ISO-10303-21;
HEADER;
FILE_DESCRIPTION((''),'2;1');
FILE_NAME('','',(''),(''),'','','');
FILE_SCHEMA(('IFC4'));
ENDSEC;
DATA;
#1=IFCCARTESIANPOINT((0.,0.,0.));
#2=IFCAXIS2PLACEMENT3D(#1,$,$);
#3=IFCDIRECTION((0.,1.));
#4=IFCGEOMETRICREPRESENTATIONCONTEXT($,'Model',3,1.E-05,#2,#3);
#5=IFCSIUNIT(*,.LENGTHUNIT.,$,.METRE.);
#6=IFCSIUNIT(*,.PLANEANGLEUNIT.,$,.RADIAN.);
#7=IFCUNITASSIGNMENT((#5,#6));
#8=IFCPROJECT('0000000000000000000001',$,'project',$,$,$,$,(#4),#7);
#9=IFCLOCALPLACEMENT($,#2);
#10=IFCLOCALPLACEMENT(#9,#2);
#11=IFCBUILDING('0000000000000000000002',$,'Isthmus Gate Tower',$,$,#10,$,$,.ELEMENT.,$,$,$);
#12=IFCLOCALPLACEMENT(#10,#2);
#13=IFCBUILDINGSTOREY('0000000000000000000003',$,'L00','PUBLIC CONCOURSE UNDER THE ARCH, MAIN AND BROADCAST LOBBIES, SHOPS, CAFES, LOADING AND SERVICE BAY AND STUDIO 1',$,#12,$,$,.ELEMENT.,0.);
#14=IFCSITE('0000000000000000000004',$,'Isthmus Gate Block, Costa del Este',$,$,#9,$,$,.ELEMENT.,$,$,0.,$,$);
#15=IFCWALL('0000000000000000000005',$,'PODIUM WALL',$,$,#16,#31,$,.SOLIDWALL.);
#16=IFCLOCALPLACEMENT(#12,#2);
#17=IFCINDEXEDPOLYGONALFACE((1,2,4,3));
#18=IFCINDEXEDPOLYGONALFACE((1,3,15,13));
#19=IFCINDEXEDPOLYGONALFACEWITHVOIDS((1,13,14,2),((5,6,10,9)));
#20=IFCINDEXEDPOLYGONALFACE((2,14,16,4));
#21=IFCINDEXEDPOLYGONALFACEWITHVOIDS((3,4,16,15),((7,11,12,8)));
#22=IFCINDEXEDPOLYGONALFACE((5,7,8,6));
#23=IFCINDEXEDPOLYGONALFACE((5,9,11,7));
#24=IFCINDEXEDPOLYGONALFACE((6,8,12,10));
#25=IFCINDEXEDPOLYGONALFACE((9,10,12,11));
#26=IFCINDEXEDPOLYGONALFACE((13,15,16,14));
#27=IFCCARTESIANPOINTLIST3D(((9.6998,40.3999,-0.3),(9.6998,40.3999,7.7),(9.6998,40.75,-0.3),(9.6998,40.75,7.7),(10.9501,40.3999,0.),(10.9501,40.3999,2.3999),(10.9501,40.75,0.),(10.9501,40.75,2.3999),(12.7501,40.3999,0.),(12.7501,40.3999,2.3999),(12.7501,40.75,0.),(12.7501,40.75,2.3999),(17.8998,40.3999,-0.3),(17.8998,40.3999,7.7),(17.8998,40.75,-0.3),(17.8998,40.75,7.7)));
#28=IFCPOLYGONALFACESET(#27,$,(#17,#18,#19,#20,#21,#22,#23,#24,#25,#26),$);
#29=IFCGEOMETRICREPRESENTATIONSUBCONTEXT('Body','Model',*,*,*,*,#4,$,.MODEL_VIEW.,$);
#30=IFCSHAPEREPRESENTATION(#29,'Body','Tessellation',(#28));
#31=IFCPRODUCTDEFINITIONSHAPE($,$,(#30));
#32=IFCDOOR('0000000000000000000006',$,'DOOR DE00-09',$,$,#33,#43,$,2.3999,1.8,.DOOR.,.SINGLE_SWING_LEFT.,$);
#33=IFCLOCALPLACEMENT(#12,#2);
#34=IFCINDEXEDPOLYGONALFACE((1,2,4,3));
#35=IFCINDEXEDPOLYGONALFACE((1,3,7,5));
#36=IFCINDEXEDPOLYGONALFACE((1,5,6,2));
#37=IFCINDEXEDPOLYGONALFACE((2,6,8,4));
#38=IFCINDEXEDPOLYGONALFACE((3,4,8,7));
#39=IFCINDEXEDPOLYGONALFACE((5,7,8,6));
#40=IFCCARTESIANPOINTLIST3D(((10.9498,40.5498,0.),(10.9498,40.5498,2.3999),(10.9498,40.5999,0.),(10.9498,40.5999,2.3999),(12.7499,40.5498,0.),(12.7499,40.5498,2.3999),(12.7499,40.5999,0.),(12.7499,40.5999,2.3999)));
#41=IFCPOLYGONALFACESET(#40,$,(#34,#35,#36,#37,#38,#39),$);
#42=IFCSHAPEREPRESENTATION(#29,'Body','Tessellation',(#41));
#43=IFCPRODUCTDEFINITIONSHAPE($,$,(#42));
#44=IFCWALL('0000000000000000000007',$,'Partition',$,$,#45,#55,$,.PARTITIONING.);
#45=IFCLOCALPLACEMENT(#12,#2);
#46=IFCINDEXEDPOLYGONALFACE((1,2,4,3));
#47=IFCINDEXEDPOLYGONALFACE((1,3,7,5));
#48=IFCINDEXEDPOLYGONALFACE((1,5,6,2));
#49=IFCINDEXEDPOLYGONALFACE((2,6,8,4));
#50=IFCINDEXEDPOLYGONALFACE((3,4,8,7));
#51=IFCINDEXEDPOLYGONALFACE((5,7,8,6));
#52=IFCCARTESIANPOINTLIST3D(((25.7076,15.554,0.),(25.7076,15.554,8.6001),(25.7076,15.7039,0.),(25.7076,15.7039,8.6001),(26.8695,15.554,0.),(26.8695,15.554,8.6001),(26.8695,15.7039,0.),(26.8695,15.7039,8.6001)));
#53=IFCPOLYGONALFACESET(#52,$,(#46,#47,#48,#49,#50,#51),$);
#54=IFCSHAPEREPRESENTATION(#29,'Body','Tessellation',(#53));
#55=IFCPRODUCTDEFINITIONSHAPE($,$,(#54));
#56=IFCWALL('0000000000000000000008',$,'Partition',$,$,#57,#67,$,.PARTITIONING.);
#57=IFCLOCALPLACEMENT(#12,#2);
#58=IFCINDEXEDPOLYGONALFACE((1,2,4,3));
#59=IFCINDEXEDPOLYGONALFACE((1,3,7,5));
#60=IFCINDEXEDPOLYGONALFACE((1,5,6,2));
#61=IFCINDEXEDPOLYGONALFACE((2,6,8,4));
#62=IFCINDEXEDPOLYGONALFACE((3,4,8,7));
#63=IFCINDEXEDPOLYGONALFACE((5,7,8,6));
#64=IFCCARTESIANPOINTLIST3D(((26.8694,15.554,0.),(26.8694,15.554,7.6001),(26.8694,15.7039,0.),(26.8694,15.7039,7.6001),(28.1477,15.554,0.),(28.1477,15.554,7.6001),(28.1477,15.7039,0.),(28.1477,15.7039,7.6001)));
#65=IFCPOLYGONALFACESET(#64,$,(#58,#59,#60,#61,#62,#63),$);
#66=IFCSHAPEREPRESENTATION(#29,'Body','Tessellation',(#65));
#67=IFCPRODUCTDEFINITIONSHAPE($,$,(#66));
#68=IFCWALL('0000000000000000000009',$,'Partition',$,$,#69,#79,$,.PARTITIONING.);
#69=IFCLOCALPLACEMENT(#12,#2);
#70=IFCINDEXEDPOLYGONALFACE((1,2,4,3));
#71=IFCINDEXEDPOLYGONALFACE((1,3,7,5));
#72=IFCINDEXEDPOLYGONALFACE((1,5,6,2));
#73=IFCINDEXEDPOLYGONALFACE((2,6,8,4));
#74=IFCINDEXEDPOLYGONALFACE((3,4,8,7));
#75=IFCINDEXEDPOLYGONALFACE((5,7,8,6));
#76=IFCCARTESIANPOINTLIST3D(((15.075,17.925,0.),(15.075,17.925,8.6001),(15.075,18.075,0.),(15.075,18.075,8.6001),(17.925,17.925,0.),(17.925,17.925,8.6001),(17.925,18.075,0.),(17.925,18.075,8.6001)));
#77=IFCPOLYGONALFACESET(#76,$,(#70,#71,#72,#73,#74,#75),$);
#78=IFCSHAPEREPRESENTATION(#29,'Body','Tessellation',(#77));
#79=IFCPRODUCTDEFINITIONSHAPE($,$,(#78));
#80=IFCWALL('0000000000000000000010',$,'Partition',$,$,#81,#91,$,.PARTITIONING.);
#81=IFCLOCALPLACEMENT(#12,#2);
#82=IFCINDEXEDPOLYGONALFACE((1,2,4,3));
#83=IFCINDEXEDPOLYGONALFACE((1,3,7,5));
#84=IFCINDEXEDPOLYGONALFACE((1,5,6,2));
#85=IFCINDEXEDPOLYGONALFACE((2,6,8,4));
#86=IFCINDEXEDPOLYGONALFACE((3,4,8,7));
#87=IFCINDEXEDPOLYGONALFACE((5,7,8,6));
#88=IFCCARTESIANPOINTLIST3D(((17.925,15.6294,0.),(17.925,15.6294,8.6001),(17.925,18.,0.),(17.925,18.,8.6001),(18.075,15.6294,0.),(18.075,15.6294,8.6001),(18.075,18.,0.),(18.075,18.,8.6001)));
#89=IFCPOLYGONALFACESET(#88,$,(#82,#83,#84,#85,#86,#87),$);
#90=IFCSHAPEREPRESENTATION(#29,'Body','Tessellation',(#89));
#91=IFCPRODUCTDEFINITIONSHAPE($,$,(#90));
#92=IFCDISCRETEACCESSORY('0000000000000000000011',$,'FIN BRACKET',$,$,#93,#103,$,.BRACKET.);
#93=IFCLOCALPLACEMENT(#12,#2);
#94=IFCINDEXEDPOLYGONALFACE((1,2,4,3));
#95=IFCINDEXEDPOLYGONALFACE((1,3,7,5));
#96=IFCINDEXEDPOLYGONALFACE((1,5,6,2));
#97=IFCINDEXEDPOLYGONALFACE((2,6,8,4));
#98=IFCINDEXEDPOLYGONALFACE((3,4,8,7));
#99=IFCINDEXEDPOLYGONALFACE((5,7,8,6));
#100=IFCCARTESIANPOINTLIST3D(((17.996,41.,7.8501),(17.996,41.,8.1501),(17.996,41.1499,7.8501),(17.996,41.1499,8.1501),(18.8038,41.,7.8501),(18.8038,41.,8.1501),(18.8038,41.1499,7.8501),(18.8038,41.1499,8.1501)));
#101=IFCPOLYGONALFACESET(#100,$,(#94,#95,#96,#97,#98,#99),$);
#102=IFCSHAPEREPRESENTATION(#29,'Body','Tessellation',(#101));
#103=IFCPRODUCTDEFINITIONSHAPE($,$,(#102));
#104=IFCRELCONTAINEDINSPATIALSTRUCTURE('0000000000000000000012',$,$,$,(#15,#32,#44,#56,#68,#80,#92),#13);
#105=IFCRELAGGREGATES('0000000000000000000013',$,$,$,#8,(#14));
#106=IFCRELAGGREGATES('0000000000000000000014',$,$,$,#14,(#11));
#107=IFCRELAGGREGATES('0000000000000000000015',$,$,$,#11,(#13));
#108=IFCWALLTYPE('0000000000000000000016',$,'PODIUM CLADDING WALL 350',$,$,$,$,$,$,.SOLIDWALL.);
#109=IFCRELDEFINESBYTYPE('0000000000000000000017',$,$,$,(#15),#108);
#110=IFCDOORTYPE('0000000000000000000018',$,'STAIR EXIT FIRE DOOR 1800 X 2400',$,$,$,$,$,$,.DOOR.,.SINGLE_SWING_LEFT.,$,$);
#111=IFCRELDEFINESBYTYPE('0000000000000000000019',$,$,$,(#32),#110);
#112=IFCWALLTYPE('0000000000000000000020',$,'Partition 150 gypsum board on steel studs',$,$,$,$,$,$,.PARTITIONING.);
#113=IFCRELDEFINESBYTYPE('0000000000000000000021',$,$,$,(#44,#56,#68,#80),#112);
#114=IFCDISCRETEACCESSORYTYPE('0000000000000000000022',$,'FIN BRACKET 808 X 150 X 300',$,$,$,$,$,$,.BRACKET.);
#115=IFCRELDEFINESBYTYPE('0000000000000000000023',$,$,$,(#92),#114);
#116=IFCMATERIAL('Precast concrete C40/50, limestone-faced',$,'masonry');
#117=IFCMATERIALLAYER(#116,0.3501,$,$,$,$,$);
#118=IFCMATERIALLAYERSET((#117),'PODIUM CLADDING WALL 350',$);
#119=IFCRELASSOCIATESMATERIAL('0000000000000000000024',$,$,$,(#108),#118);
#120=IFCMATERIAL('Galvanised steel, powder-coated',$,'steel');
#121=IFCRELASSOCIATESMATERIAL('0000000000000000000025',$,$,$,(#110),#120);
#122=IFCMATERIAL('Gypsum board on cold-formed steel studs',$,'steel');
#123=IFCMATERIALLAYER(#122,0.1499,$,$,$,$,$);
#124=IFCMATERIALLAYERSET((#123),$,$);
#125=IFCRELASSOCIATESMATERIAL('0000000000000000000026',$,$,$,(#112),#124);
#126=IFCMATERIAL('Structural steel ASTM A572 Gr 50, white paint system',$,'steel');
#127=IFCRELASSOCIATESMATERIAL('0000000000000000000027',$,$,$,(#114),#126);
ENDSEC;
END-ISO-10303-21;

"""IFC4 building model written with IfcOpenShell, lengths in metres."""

from ifc_helpers import new_model, si_unit, direction, frame, frame_2d, origin, origin_2d, place, context, subcontext, project, spatial, rectangle, extrude, material, layer, layer_set, type_object, element, fill, save


model = new_model("IFC4")

# Units and contexts
model_context = context("Model", 3, precision=1e-05, world=origin(), true_north=direction((0.0, 1.0)))
body_context = subcontext(model_context, "Body", "Model", "MODEL_VIEW")
ifc_project = project(units=[si_unit("LENGTHUNIT", "METRE"), si_unit("PLANEANGLEUNIT", "RADIAN")], contexts=[model_context])

# Site, building, storey
site_placement = place(None, origin())
site = spatial("IfcSite", under=ifc_project, at=site_placement, Name="Isthmus Gate Block, Costa del Este", CompositionType="ELEMENT", RefElevation=0.0)
building_placement = place(site_placement, origin())
building = spatial("IfcBuilding", under=site, at=building_placement, Name="Isthmus Gate Tower", CompositionType="ELEMENT")
storey_placement = place(building_placement, origin())
storey = spatial("IfcBuildingStorey", under=building, at=storey_placement, Name="L00", Description="PUBLIC CONCOURSE UNDER THE ARCH, MAIN AND BROADCAST LOBBIES, SHOPS, CAFES, LOADING AND SERVICE BAY AND STUDIO 1", CompositionType="ELEMENT", Elevation=0.0)

# Wall, opening, door
ifc_material_1 = material(Name="Precast concrete C40/50, limestone-faced", Category="masonry")
ifc_layer_1 = layer(ifc_material_1, 0.3501)
ifc_layer_set_1 = layer_set([ifc_layer_1], Name="PODIUM CLADDING WALL 350")
wall_type_1 = type_object("IfcWallType", Name="PODIUM CLADDING WALL 350", PredefinedType="SOLIDWALL", material=ifc_layer_set_1)
wall_1_placement = place(storey_placement, frame((17.8999, 40.575, -0.3), z_axis=(0.0, 0.0, 1.0), x_axis=(-1.0, 0.0, 0.0)))
wall_1 = element("IfcWall", 1, at=wall_1_placement, inside=storey, type_object=wall_type_1, Name="PODIUM WALL", PredefinedType="SOLIDWALL", context=body_context, shape_type="SweptSolid", body=[
    extrude(rectangle(XDim=8.2, YDim=0.3501, at=frame_2d((4.1001, 0.0))), origin(), (0.0, 0.0, 1.0), 8.0),
])
opening_1_placement = place(wall_1_placement, frame((5.1499, 0.0, 0.3)))
opening_1 = element("IfcOpeningElement", 2, at=opening_1_placement, cuts=wall_1, PredefinedType="OPENING", context=body_context, shape_type="SweptSolid", body=[
    extrude(rectangle(XDim=1.8, YDim=2.3999, at=frame_2d((0.8999, 1.2))), frame((0.0, 0.1851, 0.0), z_axis=(0.0, -1.0, 0.0), x_axis=(1.0, 0.0, 0.0)), (0.0, 0.0, 1.0), 0.3701),
])
ifc_material_2 = material(Name="Galvanised steel, powder-coated", Category="steel")
door_type_1 = type_object("IfcDoorType", Name="STAIR EXIT FIRE DOOR 1800 X 2400", OperationType="SINGLE_SWING_LEFT", PredefinedType="DOOR", material=ifc_material_2)
door_1_placement = place(opening_1_placement, frame((1.8, 0.0, 0.0), z_axis=(0.0, 0.0, 1.0), x_axis=(-1.0, 0.0, 0.0)))
door_1 = element("IfcDoor", 3, at=door_1_placement, inside=storey, type_object=door_type_1, Name="DOOR DE00-09", OperationType="SINGLE_SWING_LEFT", OverallHeight=2.3999, OverallWidth=1.8, PredefinedType="DOOR", context=body_context, shape_type="SweptSolid", body=[
    extrude(rectangle(XDim=1.8, YDim=2.3999, at=frame_2d((0.8999, 1.2))), frame((0.0, 0.0249, 0.0), z_axis=(0.0, -1.0, 0.0), x_axis=(1.0, 0.0, 0.0)), (0.0, 0.0, 1.0), 0.05),
])
fill(opening_1, door_1)

# Walls
ifc_material_3 = material(Name="Gypsum board on cold-formed steel studs", Category="steel")
ifc_layer_2 = layer(ifc_material_3, 0.1499)
ifc_layer_set_2 = layer_set([ifc_layer_2])
wall_type_2 = type_object("IfcWallType", Name="Partition 150 gypsum board on steel studs", PredefinedType="PARTITIONING", material=ifc_layer_set_2)
wall_2_placement = place(storey_placement, frame((25.7075, 15.6289, 0.0), z_axis=(0.0, 0.0, 1.0), x_axis=(1.0, 0.0, 0.0)))
element("IfcWall", 4, at=wall_2_placement, inside=storey, type_object=wall_type_2, Name="Partition", PredefinedType="PARTITIONING", context=body_context, shape_type="SweptSolid", body=[
    extrude(rectangle(XDim=1.1619, YDim=0.1499, at=frame_2d((0.5811, 0.0))), origin(), (0.0, 0.0, 1.0), 8.6001),
])
wall_3_placement = place(storey_placement, frame((26.8694, 15.6289, 0.0), z_axis=(0.0, 0.0, 1.0), x_axis=(1.0, 0.0, 0.0)))
element("IfcWall", 5, at=wall_3_placement, inside=storey, type_object=wall_type_2, Name="Partition", PredefinedType="PARTITIONING", context=body_context, shape_type="SweptSolid", body=[
    extrude(rectangle(XDim=1.2783, YDim=0.1499, at=frame_2d((0.6392, 0.0))), origin(), (0.0, 0.0, 1.0), 7.6001),
])
wall_4_placement = place(storey_placement, frame((15.075, 18.0, 0.0), z_axis=(0.0, 0.0, 1.0), x_axis=(1.0, 0.0, 0.0)))
element("IfcWall", 6, at=wall_4_placement, inside=storey, type_object=wall_type_2, Name="Partition", PredefinedType="PARTITIONING", context=body_context, shape_type="SweptSolid", body=[
    extrude(rectangle(XDim=2.8501, YDim=0.1499, at=frame_2d((1.425, 0.0))), origin(), (0.0, 0.0, 1.0), 8.6001),
])
wall_5_placement = place(storey_placement, frame((18.0, 15.6294, 0.0), z_axis=(0.0, 0.0, 1.0), x_axis=(0.0, 1.0, 0.0)))
element("IfcWall", 7, at=wall_5_placement, inside=storey, type_object=wall_type_2, Name="Partition", PredefinedType="PARTITIONING", context=body_context, shape_type="SweptSolid", body=[
    extrude(rectangle(XDim=2.3706, YDim=0.1499, at=frame_2d((1.1853, 0.0))), origin(), (0.0, 0.0, 1.0), 8.6001),
])

# Discrete accessory
ifc_material_4 = material(Name="Structural steel ASTM A572 Gr 50, white paint system", Category="steel")
discrete_accessory_type = type_object("IfcDiscreteAccessoryType", Name="FIN BRACKET 808 X 150 X 300", PredefinedType="BRACKET", material=ifc_material_4)
discrete_accessory_placement = place(storey_placement, frame((18.3999, 41.075, 7.8501), z_axis=(0.0, 0.0, 1.0), x_axis=(0.0, 1.0, 0.0)))
element("IfcDiscreteAccessory", 8, at=discrete_accessory_placement, inside=storey, type_object=discrete_accessory_type, Name="FIN BRACKET", PredefinedType="BRACKET", context=body_context, shape_type="SweptSolid", body=[
    extrude(rectangle(XDim=0.1499, YDim=0.8079, at=origin_2d()), origin(), (0.0, 0.0, 1.0), 0.3),
])

save(model, "model.ifc")
